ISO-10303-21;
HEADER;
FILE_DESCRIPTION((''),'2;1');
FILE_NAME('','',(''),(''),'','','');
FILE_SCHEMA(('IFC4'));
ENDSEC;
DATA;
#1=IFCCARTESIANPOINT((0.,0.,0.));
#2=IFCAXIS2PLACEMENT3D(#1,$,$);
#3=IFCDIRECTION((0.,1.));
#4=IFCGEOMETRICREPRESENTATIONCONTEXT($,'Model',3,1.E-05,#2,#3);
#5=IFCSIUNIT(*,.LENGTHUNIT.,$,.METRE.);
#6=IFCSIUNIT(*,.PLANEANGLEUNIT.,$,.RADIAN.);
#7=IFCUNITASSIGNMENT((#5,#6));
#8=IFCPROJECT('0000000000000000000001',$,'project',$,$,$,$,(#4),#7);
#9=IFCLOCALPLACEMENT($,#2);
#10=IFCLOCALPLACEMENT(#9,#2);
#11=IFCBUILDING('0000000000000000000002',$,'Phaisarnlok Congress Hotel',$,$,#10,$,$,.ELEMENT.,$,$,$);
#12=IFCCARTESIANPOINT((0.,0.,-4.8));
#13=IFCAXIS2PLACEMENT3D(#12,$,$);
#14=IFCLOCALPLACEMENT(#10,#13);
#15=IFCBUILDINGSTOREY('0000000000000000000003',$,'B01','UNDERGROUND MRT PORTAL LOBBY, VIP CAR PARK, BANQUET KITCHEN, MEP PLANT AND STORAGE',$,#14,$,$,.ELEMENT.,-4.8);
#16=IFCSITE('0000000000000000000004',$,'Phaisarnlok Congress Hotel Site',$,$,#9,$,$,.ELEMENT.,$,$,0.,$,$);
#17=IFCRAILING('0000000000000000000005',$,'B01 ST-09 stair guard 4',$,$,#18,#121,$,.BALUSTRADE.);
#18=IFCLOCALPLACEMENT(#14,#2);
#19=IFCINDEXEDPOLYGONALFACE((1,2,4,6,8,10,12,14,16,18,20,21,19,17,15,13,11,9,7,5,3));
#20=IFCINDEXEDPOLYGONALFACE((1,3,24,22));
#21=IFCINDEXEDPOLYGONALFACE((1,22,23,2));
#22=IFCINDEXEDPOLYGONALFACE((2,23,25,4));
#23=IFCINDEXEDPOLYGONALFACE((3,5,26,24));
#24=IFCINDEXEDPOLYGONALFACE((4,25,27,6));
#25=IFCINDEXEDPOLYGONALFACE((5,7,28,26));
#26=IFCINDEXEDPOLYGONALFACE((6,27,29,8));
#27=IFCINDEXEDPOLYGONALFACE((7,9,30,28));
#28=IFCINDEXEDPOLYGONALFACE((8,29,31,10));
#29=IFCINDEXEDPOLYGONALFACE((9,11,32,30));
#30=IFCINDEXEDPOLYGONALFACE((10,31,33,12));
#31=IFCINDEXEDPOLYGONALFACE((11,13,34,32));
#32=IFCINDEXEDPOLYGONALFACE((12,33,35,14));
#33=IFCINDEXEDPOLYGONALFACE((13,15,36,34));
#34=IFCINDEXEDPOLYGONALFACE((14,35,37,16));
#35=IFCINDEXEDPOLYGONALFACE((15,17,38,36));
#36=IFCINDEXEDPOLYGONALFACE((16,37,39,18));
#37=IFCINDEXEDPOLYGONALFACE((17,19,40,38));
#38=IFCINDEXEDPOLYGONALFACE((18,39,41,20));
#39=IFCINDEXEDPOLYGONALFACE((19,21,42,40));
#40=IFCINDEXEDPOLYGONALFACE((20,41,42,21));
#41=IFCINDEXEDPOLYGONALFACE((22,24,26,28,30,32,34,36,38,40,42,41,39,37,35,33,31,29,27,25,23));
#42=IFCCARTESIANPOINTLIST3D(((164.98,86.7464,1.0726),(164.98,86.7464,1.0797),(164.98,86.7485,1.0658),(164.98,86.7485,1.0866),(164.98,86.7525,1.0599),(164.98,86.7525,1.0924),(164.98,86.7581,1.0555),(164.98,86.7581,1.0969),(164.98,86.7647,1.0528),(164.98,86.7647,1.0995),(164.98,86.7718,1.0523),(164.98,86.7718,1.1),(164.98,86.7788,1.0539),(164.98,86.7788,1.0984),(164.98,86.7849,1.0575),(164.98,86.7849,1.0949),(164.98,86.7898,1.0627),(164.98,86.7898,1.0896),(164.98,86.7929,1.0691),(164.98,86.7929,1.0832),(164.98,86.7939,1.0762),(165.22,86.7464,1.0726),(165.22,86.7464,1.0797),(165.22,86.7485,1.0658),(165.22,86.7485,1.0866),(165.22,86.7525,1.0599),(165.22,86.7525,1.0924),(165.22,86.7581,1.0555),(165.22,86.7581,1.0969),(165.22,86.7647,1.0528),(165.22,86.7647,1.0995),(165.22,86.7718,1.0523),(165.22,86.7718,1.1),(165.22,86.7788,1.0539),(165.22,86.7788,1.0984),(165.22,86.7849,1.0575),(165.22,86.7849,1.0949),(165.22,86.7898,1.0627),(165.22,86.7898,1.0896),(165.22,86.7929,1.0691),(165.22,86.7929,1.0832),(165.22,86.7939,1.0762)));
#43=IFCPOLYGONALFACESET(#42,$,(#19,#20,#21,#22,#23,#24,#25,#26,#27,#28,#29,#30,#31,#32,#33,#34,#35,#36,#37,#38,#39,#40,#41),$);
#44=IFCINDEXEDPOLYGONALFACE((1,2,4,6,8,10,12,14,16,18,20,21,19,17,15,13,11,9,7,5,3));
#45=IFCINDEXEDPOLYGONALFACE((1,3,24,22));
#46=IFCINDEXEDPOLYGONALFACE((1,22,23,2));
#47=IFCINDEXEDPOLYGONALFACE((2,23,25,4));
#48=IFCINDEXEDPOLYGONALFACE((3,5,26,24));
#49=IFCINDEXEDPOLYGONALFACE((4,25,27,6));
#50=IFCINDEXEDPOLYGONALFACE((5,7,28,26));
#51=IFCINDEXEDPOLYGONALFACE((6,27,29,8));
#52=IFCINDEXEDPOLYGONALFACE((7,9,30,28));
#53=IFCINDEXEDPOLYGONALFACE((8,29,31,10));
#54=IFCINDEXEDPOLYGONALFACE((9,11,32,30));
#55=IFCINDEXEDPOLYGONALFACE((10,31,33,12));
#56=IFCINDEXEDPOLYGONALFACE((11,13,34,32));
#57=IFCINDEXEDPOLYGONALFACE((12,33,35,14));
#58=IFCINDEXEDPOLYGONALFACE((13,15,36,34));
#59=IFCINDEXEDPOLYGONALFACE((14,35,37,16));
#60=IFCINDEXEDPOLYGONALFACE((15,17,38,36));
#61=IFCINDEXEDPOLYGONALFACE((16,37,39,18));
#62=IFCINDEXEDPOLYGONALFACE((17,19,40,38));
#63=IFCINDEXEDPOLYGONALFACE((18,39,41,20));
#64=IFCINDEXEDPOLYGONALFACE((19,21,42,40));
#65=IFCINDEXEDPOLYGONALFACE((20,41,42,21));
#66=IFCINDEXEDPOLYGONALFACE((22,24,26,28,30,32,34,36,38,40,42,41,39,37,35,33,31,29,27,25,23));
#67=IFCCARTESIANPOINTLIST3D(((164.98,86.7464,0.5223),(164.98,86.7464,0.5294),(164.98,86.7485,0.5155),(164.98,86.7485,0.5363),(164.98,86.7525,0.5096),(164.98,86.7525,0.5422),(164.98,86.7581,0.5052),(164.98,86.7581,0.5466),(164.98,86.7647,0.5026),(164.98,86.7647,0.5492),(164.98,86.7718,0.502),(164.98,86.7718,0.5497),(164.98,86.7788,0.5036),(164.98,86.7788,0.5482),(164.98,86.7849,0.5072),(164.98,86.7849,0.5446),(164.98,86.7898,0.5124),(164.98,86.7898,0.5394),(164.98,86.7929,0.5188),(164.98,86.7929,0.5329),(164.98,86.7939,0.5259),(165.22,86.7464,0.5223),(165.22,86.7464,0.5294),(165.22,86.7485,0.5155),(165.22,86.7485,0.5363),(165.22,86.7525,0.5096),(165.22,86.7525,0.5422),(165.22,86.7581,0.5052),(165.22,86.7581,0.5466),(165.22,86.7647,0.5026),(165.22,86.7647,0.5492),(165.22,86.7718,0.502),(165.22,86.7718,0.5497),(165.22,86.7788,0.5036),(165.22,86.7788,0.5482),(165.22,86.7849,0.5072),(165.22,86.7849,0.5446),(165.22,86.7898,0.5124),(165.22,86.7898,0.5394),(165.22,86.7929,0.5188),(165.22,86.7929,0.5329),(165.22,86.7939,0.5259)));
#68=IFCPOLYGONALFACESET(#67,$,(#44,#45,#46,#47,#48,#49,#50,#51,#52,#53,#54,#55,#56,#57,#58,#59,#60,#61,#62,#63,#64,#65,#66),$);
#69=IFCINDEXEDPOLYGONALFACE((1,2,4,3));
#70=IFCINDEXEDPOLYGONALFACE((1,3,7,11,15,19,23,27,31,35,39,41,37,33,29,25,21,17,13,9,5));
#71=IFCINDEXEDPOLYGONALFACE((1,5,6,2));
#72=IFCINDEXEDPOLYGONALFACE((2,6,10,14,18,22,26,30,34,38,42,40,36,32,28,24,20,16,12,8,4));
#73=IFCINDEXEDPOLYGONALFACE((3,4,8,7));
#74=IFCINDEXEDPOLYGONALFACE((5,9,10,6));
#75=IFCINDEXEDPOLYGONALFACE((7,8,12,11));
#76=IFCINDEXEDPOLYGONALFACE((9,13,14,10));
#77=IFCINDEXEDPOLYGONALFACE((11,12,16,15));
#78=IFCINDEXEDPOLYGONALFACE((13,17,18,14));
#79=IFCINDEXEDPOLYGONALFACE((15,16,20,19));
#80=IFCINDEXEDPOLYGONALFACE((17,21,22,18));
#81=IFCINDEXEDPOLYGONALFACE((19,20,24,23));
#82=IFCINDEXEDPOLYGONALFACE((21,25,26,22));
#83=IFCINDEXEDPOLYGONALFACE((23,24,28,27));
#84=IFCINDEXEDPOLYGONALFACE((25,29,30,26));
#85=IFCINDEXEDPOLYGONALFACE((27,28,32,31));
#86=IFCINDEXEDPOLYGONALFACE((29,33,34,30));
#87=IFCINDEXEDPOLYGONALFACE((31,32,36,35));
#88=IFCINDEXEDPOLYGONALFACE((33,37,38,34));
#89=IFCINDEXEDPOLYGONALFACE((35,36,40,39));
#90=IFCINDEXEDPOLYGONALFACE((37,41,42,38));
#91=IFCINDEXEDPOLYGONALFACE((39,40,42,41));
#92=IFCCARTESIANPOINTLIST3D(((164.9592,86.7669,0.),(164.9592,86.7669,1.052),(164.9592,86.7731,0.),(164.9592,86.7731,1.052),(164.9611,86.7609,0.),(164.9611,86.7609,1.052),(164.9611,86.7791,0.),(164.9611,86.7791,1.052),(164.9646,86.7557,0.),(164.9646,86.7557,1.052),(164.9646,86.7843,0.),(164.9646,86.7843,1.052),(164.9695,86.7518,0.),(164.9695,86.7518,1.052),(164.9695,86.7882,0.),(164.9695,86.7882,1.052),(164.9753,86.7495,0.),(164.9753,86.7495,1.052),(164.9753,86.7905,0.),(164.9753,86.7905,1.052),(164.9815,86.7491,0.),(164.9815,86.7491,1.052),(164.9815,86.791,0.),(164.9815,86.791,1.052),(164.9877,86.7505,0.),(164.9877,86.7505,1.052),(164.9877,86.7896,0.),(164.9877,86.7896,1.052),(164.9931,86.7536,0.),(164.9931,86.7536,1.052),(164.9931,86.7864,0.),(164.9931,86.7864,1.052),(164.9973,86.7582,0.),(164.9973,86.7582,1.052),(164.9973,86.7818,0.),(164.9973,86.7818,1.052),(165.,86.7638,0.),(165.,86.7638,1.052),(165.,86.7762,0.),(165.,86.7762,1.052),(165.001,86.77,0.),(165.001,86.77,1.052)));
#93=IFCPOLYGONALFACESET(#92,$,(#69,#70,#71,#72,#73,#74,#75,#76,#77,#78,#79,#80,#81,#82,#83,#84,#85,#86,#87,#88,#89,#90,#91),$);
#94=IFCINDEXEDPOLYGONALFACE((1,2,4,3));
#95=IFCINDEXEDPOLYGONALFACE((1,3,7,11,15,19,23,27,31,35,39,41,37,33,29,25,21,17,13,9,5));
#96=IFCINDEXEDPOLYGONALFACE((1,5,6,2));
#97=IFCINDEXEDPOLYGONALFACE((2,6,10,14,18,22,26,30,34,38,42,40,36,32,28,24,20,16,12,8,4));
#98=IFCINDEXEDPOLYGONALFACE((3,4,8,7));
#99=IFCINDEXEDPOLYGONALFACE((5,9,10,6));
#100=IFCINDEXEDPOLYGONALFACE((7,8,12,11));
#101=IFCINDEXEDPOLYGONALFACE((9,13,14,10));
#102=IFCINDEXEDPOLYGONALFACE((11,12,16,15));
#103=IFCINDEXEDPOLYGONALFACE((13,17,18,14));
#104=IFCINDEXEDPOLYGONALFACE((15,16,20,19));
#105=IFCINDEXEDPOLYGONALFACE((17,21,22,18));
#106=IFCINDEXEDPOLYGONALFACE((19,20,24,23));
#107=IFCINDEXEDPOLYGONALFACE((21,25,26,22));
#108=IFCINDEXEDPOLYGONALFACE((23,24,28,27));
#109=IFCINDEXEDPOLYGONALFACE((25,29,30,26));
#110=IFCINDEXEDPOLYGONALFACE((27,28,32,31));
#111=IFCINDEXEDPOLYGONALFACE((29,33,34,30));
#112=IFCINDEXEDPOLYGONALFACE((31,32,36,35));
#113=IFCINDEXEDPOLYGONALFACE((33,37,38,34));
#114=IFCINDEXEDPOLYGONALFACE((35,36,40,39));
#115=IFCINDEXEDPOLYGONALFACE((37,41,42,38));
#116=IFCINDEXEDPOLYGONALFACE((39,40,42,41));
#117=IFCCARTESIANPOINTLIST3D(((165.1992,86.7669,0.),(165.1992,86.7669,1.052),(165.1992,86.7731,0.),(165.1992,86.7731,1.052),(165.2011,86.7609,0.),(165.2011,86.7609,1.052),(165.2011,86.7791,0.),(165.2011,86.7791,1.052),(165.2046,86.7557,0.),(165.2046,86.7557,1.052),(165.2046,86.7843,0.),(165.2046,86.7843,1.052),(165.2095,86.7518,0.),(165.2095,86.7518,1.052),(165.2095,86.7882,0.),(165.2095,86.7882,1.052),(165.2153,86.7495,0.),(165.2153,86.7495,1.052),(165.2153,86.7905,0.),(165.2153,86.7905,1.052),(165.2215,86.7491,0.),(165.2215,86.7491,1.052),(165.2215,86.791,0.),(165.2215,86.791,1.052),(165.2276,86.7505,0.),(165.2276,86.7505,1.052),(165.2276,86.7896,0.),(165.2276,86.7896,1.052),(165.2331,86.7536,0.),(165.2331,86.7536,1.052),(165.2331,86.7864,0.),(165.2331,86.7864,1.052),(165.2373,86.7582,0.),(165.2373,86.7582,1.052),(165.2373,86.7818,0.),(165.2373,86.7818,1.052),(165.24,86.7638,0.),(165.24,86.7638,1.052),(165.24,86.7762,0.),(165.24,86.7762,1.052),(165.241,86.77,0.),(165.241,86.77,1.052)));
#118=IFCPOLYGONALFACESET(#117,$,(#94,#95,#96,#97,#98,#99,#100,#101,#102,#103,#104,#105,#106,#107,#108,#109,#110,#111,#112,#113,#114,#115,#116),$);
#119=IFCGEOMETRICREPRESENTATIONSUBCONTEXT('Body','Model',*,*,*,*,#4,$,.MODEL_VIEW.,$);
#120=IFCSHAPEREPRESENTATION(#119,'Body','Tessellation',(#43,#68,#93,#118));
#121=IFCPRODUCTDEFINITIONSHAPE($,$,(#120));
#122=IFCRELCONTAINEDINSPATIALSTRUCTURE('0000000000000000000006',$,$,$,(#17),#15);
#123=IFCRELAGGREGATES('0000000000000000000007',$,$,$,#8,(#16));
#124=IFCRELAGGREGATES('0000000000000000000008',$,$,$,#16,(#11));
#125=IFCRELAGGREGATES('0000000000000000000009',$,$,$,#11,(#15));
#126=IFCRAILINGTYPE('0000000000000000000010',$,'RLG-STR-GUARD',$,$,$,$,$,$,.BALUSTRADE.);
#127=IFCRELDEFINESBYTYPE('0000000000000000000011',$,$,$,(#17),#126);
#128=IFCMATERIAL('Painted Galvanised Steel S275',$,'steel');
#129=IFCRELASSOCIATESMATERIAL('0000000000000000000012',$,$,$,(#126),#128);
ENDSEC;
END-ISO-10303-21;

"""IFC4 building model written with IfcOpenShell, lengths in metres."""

from ifc_helpers import new_model, si_unit, direction, frame, origin, origin_2d, place, context, subcontext, project, spatial, circle, extrude, material, type_object, element, save


model = new_model("IFC4")

# Units and contexts
model_context = context("Model", 3, precision=1e-05, world=origin(), true_north=direction((0.0, 1.0)))
body_context = subcontext(model_context, "Body", "Model", "MODEL_VIEW")
ifc_project = project(units=[si_unit("LENGTHUNIT", "METRE"), si_unit("PLANEANGLEUNIT", "RADIAN")], contexts=[model_context])

# Site, building, storey
site_placement = place(None, origin())
site = spatial("IfcSite", under=ifc_project, at=site_placement, Name="Phaisarnlok Congress Hotel Site", CompositionType="ELEMENT", RefElevation=0.0)
building_placement = place(site_placement, origin())
building = spatial("IfcBuilding", under=site, at=building_placement, Name="Phaisarnlok Congress Hotel", CompositionType="ELEMENT")
storey_placement = place(building_placement, frame((0.0, 0.0, -4.8)))
storey = spatial("IfcBuildingStorey", under=building, at=storey_placement, Name="B01", Description="UNDERGROUND MRT PORTAL LOBBY, VIP CAR PARK, BANQUET KITCHEN, MEP PLANT AND STORAGE", CompositionType="ELEMENT", Elevation=-4.8)

# Railing
ifc_material_1 = material(Name="Painted Galvanised Steel S275", Category="steel")
railing_type_1 = type_object("IfcRailingType", Name="RLG-STR-GUARD", PredefinedType="BALUSTRADE", material=ifc_material_1)
railing_1_placement = place(storey_placement, frame((164.98, 86.77, 0.0)))
element("IfcRailing", 1, at=railing_1_placement, inside=storey, type_object=railing_type_1, Name="B01 ST-09 stair guard 4", PredefinedType="BALUSTRADE", context=body_context, shape_type="SweptSolid", body=[
    extrude(circle(Radius=0.0239, at=origin_2d()), frame((0.0, 0.0, 1.0762), z_axis=(1.0, 0.0, 0.0), x_axis=(0.0, 1.0, 0.0)), (0.0, 0.0, 1.0), 0.24),
    extrude(circle(Radius=0.0239, at=origin_2d()), frame((0.0, 0.0, 0.5259), z_axis=(1.0, 0.0, 0.0), x_axis=(0.0, 1.0, 0.0)), (0.0, 0.0, 1.0), 0.24),
    extrude(circle(Radius=0.021, at=origin_2d()), origin(), (0.0, 0.0, 1.0), 1.052),
    extrude(circle(Radius=0.021, at=origin_2d()), frame((0.24, 0.0, 0.0)), (0.0, 0.0, 1.0), 1.052),
])

save(model, "model.ifc")
